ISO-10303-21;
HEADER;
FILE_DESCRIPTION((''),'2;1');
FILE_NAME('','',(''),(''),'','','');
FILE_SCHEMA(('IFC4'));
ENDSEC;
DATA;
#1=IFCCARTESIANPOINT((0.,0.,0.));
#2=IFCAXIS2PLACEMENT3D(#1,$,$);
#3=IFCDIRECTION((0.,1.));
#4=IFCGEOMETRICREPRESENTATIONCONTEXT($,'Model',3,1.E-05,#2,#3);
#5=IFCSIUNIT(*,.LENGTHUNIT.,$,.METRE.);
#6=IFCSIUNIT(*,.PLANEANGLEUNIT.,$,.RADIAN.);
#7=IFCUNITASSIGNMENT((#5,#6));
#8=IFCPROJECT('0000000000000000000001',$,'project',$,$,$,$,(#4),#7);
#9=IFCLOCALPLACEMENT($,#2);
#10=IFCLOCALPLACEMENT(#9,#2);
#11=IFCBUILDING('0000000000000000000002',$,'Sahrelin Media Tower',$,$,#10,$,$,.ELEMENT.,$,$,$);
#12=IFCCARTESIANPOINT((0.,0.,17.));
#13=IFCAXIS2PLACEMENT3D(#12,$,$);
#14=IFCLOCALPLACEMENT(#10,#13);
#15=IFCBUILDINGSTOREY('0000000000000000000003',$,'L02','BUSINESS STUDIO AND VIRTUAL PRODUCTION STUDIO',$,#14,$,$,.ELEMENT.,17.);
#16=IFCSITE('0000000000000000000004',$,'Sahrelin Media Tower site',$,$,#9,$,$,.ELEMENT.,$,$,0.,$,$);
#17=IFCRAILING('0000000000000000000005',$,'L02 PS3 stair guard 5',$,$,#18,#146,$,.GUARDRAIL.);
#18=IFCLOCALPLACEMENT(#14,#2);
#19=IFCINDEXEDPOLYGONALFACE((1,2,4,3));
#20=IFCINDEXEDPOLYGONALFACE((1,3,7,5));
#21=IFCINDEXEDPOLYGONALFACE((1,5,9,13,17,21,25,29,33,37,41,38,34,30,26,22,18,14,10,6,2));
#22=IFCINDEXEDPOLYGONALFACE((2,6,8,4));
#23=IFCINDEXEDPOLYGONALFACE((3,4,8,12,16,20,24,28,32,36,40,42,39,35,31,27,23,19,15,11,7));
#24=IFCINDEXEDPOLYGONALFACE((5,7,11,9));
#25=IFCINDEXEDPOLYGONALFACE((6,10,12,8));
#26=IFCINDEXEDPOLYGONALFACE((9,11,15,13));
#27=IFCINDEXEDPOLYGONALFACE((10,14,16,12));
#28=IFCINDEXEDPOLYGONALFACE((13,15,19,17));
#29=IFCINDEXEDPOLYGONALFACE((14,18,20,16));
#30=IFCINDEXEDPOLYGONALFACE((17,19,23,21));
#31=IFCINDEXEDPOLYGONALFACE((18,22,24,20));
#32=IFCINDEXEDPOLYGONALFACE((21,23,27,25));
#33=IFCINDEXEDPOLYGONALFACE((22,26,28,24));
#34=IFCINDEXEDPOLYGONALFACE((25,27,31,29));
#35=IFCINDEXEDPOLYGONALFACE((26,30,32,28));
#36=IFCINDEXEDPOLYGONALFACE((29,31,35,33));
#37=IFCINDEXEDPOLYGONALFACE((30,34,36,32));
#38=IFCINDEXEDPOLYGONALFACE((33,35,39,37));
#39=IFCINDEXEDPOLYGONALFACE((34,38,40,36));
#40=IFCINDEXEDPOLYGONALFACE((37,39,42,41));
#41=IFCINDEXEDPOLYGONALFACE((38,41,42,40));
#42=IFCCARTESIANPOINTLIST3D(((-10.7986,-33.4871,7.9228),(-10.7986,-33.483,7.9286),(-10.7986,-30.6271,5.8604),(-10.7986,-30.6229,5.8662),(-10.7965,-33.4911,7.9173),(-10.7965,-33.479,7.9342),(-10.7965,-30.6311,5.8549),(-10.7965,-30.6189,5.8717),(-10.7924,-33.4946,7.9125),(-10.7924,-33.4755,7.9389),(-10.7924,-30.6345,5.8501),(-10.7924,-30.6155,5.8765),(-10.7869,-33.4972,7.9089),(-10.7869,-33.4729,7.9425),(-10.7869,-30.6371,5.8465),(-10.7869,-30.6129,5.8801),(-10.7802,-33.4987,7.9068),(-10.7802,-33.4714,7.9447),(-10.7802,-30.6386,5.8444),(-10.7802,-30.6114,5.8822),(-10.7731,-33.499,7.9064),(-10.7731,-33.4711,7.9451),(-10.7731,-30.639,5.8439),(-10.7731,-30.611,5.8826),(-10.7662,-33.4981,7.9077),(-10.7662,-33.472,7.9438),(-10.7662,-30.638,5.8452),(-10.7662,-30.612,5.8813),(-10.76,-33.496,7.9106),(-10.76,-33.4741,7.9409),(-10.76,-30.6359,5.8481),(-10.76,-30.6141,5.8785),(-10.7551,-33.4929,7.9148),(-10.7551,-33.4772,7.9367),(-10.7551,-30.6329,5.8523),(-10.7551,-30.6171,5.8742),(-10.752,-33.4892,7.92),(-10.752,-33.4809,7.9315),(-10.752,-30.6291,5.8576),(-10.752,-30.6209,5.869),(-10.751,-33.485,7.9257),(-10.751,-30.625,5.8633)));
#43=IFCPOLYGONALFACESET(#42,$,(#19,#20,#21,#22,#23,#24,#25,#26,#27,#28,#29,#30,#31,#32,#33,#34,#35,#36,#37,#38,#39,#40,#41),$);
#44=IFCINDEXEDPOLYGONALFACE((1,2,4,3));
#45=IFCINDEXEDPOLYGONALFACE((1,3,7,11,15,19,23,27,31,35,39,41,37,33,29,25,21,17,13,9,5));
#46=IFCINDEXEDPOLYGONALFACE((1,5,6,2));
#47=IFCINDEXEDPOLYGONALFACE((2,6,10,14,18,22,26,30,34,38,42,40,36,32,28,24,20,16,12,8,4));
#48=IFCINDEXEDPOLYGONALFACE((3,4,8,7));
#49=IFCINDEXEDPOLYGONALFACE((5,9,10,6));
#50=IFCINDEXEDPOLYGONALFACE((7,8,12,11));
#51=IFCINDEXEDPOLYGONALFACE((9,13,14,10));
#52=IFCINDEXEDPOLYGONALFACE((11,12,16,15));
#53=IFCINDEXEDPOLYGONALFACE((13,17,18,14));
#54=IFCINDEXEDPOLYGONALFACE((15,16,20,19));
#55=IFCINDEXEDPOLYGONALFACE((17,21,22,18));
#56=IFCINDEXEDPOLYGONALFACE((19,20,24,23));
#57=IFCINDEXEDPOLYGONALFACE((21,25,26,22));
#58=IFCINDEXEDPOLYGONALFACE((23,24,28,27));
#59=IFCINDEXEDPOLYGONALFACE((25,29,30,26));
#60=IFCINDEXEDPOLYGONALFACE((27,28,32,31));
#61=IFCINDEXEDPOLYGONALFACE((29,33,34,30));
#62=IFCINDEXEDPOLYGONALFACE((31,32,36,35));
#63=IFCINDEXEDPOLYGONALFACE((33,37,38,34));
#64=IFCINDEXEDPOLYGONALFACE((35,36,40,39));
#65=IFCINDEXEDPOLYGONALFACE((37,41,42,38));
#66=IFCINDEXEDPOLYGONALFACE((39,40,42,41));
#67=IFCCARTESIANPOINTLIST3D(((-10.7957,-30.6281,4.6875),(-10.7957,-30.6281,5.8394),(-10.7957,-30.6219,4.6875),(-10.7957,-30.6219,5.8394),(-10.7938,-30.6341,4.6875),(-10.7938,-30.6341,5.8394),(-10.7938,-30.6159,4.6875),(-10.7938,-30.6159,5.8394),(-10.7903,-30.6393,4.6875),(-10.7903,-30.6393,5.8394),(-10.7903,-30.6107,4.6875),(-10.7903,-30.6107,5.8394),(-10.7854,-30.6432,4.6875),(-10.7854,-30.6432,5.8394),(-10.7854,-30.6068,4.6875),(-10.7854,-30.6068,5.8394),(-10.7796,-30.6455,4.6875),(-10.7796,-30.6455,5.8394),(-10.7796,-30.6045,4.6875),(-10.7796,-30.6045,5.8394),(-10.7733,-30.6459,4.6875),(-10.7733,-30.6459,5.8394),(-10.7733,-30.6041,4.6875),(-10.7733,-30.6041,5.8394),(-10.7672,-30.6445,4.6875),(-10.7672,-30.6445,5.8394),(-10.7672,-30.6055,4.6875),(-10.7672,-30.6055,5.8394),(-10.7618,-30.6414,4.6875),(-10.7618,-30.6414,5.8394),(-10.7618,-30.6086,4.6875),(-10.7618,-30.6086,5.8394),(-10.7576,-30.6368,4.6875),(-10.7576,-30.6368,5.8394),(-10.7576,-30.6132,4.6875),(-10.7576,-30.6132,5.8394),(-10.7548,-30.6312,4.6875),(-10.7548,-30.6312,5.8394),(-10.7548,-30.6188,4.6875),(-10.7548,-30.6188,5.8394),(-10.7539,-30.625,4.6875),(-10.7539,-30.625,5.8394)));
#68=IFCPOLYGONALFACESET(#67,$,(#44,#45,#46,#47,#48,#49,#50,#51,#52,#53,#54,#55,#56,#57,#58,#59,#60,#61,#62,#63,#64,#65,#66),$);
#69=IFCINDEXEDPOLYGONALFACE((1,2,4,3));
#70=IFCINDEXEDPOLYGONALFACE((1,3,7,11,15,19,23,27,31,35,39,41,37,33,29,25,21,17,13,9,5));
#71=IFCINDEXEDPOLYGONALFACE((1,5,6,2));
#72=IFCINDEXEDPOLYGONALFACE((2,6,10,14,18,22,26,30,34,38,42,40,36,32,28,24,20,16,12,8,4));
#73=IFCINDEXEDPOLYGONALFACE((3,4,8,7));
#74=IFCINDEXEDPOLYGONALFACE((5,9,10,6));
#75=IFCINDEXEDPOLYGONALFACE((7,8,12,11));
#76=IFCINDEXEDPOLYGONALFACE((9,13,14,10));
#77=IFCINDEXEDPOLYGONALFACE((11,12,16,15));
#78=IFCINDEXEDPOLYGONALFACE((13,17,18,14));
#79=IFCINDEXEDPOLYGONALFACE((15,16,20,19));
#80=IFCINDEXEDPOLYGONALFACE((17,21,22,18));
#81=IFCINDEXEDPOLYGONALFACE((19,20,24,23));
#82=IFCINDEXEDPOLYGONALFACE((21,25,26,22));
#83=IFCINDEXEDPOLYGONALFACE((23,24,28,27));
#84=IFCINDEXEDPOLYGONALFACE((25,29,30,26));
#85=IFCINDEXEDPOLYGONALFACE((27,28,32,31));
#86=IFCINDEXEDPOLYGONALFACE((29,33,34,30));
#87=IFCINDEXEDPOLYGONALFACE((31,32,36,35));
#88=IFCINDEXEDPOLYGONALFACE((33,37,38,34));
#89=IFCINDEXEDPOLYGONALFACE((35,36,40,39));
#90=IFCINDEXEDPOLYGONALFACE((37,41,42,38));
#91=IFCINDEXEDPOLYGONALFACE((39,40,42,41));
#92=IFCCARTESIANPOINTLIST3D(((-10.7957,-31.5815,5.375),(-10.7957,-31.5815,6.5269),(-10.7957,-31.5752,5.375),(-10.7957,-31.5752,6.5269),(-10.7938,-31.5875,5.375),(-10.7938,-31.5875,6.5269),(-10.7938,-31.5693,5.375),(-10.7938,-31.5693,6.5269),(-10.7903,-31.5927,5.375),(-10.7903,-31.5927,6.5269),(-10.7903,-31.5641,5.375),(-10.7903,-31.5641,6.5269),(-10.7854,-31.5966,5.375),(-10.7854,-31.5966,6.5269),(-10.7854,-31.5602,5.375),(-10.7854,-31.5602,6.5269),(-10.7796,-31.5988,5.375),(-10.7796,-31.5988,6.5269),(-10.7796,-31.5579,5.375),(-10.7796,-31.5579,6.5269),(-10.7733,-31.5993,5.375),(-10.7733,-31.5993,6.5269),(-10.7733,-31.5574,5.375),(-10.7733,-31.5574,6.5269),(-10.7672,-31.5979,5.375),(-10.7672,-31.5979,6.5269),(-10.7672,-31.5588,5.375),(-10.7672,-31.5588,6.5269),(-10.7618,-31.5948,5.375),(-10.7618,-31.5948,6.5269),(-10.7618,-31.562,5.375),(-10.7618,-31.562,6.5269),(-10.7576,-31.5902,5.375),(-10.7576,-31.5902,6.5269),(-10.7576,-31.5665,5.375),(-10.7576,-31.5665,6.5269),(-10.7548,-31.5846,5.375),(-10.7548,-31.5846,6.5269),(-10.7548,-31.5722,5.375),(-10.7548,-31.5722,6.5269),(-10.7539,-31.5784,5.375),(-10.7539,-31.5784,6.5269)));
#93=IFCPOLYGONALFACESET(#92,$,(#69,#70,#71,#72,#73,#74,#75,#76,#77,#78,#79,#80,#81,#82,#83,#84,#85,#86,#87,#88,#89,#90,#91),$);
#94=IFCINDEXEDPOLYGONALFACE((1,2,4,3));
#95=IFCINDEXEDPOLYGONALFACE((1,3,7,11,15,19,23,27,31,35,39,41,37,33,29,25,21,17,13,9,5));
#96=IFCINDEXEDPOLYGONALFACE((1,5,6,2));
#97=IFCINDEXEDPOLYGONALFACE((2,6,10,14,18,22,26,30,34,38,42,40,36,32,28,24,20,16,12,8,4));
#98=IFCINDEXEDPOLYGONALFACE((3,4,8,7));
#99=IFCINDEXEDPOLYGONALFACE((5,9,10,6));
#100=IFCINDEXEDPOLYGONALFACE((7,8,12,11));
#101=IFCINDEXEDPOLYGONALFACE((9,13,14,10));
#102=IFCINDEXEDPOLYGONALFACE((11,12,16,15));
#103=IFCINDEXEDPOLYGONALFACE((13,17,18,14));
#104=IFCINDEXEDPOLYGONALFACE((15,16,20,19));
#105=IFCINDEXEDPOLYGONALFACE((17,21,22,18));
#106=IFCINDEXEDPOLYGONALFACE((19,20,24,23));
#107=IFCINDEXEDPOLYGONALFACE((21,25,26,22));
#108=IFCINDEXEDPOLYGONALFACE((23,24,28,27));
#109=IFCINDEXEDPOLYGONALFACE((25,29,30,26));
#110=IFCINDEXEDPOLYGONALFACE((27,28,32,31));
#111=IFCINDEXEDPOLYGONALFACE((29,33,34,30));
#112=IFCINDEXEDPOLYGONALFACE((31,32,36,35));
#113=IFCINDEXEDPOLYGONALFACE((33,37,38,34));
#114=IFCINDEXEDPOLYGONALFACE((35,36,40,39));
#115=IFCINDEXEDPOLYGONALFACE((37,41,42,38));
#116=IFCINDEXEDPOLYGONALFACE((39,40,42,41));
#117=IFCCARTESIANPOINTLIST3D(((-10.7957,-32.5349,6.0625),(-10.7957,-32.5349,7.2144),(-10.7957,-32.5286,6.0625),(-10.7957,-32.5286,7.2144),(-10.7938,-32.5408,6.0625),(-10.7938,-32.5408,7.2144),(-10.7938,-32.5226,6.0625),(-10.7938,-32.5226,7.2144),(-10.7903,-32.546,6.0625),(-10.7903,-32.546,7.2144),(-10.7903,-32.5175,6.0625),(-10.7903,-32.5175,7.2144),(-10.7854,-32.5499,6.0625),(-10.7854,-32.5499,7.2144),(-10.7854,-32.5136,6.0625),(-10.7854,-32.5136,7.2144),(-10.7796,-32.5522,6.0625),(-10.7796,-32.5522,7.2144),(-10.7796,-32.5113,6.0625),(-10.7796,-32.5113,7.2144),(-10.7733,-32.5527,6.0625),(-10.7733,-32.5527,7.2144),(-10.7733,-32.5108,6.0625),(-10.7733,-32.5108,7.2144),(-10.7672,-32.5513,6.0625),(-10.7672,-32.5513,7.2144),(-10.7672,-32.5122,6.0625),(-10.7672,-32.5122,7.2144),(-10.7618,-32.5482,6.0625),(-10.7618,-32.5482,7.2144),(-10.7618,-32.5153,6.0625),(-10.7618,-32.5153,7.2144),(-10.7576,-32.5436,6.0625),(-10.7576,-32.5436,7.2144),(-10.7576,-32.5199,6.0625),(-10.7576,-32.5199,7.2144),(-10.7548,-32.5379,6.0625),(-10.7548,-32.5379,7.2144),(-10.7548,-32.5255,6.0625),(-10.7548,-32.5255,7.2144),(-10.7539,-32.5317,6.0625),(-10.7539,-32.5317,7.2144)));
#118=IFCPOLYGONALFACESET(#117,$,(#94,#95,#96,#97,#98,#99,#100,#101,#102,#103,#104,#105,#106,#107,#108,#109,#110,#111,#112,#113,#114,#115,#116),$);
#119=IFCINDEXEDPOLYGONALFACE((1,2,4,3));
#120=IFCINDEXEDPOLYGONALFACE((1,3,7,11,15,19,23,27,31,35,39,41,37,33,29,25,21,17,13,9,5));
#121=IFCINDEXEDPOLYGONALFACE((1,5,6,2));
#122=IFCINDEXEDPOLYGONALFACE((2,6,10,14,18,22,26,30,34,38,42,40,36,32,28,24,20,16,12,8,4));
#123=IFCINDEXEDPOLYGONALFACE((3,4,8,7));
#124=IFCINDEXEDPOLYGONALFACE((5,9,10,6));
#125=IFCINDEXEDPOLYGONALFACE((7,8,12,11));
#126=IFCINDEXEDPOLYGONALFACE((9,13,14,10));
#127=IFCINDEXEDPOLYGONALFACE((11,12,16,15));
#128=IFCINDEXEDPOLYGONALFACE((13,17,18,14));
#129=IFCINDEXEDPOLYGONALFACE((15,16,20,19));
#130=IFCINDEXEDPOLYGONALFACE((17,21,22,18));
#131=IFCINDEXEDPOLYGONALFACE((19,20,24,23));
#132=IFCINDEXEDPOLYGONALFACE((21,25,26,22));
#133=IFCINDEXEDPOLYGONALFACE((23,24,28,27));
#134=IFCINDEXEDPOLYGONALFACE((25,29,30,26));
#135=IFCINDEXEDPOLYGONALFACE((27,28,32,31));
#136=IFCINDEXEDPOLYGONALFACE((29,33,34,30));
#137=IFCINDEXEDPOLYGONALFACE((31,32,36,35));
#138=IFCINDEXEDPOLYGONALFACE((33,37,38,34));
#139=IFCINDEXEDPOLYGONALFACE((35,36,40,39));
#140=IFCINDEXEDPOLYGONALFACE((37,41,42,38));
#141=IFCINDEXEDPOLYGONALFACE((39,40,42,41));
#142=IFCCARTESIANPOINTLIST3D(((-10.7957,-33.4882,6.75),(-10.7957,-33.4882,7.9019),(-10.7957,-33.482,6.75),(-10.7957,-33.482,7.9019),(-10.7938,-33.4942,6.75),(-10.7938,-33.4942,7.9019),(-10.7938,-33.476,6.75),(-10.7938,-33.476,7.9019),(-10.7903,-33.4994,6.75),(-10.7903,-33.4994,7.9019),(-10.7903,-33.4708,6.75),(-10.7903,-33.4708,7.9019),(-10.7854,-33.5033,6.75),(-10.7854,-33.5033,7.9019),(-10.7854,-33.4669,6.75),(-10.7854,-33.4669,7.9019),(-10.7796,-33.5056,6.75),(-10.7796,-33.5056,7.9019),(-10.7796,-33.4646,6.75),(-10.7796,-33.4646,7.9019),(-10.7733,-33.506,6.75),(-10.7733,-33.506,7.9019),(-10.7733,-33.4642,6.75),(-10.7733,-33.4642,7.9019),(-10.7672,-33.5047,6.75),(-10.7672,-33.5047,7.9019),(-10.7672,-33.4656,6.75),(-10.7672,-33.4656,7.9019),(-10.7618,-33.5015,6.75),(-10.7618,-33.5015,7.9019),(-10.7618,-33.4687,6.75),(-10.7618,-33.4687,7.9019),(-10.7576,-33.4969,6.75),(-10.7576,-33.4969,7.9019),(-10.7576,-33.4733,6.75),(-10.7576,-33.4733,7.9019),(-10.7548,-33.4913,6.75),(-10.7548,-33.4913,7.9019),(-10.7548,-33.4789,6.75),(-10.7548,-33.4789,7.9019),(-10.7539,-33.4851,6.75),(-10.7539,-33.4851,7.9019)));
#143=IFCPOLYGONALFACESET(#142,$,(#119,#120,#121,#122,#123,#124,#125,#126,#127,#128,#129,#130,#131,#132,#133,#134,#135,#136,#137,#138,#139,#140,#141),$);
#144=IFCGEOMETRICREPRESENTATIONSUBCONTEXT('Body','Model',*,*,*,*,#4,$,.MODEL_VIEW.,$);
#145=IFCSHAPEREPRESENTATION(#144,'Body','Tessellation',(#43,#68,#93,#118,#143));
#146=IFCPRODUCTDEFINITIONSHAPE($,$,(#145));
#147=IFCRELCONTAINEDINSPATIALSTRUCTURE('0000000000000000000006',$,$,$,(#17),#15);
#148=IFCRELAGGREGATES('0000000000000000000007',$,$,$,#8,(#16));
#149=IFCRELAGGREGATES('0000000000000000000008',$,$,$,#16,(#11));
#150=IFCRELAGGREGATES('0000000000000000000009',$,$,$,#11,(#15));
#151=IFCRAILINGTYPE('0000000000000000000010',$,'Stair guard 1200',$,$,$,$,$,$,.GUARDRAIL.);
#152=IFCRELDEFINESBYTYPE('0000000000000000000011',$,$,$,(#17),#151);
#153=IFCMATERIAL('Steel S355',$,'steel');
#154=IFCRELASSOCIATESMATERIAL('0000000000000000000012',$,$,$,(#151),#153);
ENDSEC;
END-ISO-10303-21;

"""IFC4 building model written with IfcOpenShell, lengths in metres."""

from ifc_helpers import new_model, si_unit, direction, frame, origin, origin_2d, place, context, subcontext, project, spatial, circle, extrude, material, type_object, element, save


model = new_model("IFC4")

# Units and contexts
model_context = context("Model", 3, precision=1e-05, world=origin(), true_north=direction((0.0, 1.0)))
body_context = subcontext(model_context, "Body", "Model", "MODEL_VIEW")
ifc_project = project(units=[si_unit("LENGTHUNIT", "METRE"), si_unit("PLANEANGLEUNIT", "RADIAN")], contexts=[model_context])

# Site, building, storey
site_placement = place(None, origin())
site = spatial("IfcSite", under=ifc_project, at=site_placement, Name="Sahrelin Media Tower site", CompositionType="ELEMENT", RefElevation=0.0)
building_placement = place(site_placement, origin())
building = spatial("IfcBuilding", under=site, at=building_placement, Name="Sahrelin Media Tower", CompositionType="ELEMENT")
storey_placement = place(building_placement, frame((0.0, 0.0, 17.0)))
storey = spatial("IfcBuildingStorey", under=building, at=storey_placement, Name="L02", Description="BUSINESS STUDIO AND VIRTUAL PRODUCTION STUDIO", CompositionType="ELEMENT", Elevation=17.0)

# Shared definitions
ifc_material_1 = material(Name="Steel S355", Category="steel")

# Railing
railing_type_1 = type_object("IfcRailingType", Name="Stair guard 1200", PredefinedType="GUARDRAIL", material=ifc_material_1)
railing_1_placement = place(storey_placement, frame((-10.7749, -30.625, 4.6875)))
element("IfcRailing", 1, at=railing_1_placement, inside=storey, type_object=railing_type_1, Name="L02 PS3 stair guard 5", PredefinedType="GUARDRAIL", context=body_context, shape_type="SweptSolid", body=[
    extrude(circle(Radius=0.0239, at=origin_2d()), frame((0.0, 0.0, 1.1758), z_axis=(0.0, -0.811101, 0.584906), x_axis=(1.0, 0.0, 0.0)), (0.0, 0.0, 1.0), 3.5261),
    extrude(circle(Radius=0.021, at=origin_2d()), origin(), (0.0, 0.0, 1.0), 1.1519),
    extrude(circle(Radius=0.021, at=origin_2d()), frame((0.0, -0.9534, 0.6875)), (0.0, 0.0, 1.0), 1.1519),
    extrude(circle(Radius=0.021, at=origin_2d()), frame((0.0, -1.9067, 1.375)), (0.0, 0.0, 1.0), 1.1519),
    extrude(circle(Radius=0.021, at=origin_2d()), frame((0.0, -2.8601, 2.0625)), (0.0, 0.0, 1.0), 1.1519),
])

save(model, "model.ifc")
